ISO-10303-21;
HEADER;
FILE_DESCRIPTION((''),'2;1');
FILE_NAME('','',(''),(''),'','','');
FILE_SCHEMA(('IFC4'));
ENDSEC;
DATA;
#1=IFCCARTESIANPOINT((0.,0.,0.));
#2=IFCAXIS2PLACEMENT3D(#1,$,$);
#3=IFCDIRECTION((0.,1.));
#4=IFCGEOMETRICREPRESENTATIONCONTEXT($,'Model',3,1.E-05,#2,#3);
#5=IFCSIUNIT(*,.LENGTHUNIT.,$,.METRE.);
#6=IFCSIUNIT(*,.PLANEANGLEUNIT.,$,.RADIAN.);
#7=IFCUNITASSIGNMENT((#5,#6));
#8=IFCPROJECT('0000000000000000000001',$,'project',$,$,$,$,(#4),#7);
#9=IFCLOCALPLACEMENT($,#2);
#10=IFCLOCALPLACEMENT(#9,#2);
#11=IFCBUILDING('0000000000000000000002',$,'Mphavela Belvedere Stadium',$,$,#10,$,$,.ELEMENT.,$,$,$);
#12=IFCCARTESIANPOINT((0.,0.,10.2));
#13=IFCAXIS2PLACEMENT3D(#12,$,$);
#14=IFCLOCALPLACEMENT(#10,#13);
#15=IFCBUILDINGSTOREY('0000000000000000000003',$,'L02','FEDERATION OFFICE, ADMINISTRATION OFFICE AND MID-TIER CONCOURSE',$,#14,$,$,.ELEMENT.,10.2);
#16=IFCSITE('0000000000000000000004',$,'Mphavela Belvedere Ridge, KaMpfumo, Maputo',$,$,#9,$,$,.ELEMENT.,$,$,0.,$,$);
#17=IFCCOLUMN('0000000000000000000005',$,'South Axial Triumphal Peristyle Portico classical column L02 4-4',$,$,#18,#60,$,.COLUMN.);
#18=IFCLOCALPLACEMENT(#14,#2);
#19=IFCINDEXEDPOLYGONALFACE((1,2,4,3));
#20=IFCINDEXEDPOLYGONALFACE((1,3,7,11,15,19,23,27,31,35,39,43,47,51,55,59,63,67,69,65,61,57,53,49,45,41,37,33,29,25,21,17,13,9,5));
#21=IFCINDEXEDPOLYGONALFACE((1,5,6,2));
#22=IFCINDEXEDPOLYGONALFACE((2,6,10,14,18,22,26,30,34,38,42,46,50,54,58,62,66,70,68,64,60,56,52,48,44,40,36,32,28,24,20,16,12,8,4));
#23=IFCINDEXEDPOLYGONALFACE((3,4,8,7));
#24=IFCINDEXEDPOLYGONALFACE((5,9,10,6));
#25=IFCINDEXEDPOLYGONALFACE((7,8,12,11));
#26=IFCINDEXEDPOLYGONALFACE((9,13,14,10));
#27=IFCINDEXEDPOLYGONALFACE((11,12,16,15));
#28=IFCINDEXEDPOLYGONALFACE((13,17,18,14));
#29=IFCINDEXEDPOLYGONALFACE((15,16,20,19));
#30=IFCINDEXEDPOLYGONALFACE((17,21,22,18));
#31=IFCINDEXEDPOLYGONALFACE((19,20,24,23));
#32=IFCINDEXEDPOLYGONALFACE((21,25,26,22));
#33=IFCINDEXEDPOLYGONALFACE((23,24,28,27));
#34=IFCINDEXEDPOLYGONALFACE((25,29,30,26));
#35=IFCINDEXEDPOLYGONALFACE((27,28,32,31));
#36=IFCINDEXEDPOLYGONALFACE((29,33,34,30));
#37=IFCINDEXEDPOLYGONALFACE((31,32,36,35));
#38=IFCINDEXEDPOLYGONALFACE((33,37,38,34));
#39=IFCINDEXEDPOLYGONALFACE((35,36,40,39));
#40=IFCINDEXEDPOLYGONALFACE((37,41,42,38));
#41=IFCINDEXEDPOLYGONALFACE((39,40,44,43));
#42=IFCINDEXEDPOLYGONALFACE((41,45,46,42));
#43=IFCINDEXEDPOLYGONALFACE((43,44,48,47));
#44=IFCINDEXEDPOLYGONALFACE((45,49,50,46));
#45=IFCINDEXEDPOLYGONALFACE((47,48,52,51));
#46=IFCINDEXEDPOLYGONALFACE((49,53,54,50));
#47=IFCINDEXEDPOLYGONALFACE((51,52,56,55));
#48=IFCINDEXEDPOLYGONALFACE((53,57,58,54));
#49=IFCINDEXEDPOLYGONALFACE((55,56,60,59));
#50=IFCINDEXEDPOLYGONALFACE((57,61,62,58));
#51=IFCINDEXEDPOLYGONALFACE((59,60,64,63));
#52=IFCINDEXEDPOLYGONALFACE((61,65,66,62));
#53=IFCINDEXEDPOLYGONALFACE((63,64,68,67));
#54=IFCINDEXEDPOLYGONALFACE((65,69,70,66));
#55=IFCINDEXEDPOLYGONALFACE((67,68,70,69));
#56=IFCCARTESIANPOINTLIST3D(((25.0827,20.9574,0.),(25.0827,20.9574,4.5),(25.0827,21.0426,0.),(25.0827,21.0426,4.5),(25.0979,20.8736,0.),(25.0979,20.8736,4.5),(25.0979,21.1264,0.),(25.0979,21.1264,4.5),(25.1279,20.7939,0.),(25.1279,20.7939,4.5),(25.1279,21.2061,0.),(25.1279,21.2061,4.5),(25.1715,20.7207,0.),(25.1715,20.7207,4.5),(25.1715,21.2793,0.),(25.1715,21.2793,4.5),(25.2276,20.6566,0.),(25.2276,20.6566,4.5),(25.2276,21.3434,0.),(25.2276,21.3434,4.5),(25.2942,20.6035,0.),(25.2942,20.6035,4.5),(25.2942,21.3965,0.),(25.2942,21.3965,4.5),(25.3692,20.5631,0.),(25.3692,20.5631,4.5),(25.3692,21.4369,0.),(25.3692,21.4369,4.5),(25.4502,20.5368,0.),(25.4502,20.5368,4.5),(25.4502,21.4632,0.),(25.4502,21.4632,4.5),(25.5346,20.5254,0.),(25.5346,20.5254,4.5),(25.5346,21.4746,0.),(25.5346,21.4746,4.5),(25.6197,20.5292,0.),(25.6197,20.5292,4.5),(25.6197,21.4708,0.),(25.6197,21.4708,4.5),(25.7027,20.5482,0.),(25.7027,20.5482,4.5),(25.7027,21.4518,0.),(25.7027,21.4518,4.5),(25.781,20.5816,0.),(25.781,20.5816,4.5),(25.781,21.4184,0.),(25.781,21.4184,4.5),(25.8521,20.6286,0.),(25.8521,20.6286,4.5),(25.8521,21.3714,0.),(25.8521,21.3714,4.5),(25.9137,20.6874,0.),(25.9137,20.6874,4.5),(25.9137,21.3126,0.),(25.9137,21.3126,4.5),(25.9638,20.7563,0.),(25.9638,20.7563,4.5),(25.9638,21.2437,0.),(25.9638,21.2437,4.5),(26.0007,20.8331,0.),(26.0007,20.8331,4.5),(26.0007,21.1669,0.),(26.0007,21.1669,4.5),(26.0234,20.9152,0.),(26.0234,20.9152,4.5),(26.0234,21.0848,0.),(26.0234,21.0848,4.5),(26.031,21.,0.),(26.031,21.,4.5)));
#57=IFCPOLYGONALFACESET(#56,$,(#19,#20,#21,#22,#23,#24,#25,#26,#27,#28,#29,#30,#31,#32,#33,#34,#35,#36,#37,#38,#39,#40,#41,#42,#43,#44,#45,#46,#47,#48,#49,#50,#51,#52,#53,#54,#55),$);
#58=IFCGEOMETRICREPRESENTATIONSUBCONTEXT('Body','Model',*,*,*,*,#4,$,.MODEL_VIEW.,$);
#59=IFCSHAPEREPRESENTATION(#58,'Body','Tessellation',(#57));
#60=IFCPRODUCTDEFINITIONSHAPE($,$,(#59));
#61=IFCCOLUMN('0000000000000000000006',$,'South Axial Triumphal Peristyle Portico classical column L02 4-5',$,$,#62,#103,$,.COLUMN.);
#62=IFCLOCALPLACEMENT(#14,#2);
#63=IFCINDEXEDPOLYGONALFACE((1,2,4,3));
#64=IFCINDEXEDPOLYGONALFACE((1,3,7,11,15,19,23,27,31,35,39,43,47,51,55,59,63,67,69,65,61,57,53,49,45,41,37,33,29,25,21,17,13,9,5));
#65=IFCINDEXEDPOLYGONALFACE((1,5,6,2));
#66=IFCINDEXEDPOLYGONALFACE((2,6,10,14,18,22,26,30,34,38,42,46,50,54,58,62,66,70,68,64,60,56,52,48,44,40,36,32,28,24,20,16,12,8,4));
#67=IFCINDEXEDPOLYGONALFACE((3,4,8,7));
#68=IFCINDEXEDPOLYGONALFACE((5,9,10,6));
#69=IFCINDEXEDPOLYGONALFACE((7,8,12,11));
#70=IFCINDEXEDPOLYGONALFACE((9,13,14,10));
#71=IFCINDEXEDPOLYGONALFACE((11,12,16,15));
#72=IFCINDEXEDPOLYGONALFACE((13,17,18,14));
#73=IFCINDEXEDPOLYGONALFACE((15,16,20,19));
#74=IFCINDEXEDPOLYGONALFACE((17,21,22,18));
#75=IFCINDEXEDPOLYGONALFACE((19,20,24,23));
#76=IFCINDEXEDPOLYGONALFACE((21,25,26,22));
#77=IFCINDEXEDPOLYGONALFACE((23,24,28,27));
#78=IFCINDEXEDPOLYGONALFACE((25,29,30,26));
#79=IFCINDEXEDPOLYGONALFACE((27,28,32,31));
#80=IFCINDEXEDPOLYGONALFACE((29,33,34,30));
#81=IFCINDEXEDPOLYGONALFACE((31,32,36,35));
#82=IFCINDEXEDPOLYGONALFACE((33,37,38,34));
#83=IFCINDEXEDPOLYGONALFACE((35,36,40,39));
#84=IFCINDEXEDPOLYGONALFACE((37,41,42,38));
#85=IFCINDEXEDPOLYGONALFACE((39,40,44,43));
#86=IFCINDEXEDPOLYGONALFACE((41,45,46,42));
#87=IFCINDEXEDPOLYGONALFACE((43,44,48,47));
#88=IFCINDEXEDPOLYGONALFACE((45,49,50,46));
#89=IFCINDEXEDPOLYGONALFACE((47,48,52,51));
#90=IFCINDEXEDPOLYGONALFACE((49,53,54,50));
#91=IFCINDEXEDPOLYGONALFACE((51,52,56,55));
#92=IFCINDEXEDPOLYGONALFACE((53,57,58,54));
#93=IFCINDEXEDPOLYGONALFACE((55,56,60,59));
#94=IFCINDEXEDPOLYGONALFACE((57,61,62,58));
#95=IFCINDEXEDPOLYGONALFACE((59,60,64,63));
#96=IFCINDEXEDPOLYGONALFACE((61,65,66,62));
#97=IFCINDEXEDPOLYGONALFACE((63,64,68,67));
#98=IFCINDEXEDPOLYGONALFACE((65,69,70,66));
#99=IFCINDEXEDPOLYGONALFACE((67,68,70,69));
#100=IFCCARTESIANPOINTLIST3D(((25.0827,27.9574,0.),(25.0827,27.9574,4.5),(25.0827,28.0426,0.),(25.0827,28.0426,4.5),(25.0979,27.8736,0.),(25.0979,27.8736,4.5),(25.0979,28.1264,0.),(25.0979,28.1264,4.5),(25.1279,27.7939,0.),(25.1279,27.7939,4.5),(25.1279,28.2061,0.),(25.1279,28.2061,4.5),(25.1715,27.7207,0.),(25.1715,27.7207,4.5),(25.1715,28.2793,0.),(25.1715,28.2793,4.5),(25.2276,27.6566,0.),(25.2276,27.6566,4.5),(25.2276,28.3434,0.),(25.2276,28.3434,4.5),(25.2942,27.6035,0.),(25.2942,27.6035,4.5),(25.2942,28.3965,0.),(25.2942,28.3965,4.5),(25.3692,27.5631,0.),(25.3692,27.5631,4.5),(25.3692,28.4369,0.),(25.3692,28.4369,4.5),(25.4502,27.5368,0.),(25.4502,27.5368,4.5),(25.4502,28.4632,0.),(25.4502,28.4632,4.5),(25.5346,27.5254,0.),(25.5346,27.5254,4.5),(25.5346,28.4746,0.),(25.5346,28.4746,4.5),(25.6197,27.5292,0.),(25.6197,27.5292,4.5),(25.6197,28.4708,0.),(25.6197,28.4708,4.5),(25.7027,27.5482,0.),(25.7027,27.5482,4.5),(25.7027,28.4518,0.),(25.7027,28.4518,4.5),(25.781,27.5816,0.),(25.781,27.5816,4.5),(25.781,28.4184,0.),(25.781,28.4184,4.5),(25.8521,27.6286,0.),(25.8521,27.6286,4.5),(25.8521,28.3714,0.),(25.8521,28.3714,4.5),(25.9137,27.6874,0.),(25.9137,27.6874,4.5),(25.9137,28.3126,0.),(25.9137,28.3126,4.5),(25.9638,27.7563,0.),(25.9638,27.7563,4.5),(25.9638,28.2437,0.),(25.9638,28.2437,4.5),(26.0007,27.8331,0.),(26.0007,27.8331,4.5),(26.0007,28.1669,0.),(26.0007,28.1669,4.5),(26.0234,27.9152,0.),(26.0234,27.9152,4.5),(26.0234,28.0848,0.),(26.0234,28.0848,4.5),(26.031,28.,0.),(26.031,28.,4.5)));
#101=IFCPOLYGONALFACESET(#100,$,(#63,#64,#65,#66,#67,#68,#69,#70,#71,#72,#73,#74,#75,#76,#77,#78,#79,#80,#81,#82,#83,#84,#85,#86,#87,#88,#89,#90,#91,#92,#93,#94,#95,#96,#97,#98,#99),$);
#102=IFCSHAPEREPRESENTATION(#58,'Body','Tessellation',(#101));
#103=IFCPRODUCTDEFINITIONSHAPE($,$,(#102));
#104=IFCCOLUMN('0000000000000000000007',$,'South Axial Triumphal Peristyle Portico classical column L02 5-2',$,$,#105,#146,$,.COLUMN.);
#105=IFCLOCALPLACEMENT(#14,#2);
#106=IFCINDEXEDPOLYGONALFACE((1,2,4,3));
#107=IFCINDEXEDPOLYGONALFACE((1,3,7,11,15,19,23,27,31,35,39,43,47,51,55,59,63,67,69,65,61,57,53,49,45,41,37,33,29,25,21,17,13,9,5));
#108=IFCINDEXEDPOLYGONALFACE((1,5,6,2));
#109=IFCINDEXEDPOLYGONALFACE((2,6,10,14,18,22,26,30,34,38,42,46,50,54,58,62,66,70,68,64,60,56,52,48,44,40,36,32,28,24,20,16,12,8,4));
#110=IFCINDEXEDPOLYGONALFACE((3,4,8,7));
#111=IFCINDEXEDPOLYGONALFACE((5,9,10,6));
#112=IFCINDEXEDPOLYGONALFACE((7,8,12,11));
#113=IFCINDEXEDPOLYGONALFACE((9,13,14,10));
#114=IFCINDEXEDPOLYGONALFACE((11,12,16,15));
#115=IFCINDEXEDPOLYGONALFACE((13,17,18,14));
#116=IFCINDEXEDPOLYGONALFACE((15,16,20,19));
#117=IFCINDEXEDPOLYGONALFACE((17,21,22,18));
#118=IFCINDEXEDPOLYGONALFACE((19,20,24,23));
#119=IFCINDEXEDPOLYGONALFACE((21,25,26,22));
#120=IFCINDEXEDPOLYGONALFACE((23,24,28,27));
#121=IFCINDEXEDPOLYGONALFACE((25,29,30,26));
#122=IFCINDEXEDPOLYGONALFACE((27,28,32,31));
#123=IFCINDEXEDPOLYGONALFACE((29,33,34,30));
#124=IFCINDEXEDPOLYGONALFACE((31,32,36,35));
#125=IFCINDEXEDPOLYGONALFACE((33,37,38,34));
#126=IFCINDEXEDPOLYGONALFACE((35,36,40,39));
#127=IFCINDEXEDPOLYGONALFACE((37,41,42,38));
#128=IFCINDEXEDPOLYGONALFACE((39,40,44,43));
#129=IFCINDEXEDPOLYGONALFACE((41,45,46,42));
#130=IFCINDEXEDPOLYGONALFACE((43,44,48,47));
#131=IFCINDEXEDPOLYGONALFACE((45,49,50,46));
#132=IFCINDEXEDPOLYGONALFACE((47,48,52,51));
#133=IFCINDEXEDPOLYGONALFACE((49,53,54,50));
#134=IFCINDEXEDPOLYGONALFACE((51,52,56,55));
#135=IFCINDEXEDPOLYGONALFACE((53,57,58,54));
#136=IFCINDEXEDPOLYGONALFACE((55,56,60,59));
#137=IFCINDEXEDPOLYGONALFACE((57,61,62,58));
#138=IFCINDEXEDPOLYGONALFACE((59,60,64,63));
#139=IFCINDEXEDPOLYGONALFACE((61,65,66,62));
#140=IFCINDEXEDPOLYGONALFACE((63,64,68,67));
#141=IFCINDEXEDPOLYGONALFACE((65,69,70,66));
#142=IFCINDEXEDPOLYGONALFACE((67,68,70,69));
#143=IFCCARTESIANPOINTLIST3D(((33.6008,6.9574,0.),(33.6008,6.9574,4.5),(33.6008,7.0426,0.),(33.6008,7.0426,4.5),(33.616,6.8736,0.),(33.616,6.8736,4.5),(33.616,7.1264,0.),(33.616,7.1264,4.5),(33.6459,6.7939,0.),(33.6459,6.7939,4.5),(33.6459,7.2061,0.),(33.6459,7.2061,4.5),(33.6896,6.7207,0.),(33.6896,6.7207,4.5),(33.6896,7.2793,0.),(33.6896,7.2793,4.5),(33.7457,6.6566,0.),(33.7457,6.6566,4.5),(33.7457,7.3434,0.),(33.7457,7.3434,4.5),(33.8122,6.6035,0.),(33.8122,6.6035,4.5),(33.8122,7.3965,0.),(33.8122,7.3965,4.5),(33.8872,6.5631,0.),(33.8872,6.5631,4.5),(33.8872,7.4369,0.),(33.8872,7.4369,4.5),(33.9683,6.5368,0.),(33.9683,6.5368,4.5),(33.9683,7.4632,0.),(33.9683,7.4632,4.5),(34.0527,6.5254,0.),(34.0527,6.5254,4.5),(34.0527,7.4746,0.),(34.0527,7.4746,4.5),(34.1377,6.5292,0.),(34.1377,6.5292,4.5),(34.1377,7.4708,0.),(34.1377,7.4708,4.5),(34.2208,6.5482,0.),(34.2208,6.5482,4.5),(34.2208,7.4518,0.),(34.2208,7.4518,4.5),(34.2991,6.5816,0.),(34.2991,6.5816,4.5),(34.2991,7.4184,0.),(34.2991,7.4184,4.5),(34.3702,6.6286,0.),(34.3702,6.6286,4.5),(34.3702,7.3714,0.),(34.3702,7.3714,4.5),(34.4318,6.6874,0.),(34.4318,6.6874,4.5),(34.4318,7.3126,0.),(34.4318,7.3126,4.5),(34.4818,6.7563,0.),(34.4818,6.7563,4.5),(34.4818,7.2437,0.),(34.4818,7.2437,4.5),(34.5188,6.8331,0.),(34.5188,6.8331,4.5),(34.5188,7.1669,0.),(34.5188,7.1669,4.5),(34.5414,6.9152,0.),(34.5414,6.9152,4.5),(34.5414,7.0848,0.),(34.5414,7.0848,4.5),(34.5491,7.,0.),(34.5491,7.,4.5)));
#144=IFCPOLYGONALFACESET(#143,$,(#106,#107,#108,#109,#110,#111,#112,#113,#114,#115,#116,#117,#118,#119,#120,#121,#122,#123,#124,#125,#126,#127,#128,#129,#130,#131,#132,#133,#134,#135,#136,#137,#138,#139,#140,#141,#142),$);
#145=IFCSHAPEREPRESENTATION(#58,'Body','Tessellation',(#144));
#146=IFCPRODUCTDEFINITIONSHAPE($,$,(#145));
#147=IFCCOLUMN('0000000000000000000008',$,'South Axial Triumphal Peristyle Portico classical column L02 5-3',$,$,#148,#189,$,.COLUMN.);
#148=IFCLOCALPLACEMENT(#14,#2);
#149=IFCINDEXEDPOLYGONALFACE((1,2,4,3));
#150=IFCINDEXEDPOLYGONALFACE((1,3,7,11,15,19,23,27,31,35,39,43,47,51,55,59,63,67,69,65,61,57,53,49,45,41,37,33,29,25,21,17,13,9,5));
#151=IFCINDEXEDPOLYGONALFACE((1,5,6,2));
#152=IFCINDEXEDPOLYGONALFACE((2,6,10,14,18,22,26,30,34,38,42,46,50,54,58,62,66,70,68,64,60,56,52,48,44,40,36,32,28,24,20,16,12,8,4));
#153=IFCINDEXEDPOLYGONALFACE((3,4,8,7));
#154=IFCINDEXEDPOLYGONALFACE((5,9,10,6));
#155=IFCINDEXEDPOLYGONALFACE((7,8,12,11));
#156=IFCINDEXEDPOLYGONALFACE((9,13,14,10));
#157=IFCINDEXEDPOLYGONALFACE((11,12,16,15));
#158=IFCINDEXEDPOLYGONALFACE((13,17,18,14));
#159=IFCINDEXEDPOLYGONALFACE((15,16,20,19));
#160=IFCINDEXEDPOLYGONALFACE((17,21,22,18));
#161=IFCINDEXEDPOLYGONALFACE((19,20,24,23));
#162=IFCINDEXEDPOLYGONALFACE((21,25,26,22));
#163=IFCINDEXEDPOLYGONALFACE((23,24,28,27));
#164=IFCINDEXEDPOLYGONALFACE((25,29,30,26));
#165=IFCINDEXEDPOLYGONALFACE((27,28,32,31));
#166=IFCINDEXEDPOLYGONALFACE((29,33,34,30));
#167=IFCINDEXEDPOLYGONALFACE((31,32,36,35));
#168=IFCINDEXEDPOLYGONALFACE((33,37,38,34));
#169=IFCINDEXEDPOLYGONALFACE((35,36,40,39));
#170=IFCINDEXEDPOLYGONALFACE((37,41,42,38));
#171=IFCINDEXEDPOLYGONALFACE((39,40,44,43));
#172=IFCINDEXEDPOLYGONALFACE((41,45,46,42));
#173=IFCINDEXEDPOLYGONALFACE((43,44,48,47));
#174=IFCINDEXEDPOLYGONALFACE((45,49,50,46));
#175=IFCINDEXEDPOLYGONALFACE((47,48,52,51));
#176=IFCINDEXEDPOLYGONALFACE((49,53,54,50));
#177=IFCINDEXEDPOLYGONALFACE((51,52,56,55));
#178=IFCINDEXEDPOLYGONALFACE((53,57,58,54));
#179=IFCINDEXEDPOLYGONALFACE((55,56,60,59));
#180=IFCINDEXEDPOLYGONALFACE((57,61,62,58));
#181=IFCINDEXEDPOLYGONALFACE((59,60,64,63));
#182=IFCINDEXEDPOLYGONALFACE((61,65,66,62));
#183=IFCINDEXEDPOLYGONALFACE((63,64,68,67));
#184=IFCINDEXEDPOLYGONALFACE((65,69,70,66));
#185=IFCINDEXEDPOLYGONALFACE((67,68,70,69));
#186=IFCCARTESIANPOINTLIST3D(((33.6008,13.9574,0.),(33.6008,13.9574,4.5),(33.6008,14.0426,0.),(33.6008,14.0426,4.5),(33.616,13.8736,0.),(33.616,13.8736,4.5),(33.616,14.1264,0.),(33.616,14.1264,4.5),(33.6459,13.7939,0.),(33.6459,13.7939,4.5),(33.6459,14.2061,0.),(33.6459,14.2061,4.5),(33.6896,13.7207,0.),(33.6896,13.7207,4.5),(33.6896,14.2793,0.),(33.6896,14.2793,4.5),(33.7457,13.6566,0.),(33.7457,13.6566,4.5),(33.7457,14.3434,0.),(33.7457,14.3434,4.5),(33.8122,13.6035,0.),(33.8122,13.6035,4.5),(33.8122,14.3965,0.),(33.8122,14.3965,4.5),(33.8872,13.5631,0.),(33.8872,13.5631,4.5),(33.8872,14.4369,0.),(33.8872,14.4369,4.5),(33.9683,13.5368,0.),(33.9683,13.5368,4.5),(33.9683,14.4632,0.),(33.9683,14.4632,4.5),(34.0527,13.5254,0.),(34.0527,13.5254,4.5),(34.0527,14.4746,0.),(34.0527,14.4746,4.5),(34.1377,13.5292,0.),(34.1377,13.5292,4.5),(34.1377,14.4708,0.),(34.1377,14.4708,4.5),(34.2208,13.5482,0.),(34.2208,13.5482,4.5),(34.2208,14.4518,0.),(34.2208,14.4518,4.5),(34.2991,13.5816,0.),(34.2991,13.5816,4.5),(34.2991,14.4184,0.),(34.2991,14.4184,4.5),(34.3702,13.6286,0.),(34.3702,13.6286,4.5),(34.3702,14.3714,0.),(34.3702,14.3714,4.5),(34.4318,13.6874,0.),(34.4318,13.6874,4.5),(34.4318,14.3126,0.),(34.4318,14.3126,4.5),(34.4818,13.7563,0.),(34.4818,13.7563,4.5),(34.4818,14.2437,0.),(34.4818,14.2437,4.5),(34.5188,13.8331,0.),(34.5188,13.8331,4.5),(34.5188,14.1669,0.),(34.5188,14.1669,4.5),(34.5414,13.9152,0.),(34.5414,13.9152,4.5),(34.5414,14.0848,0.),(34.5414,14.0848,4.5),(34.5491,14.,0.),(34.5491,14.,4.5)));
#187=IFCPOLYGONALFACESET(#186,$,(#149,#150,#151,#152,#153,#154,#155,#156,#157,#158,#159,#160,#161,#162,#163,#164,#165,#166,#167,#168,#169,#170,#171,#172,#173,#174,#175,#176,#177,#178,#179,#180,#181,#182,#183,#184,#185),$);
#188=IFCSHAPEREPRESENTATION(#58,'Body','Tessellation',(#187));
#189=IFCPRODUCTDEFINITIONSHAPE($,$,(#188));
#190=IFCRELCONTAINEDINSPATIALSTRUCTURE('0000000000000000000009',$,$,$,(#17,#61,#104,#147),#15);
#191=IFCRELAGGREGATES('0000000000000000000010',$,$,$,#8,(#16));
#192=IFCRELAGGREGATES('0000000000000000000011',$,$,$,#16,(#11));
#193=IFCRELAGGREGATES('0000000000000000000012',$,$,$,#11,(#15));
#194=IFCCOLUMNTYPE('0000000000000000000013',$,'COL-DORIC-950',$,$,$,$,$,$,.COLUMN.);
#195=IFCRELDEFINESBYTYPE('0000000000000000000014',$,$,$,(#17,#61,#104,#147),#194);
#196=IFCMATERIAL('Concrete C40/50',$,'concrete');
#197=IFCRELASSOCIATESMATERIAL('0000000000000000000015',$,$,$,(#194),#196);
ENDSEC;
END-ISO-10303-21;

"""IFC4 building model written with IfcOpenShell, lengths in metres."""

from ifc_helpers import new_model, si_unit, direction, frame, origin, origin_2d, place, context, subcontext, project, spatial, circle, extrude, material, material_profile, profile_set, type_object, element, save


model = new_model("IFC4")

# Units and contexts
model_context = context("Model", 3, precision=1e-05, world=origin(), true_north=direction((0.0, 1.0)))
body_context = subcontext(model_context, "Body", "Model", "MODEL_VIEW")
ifc_project = project(units=[si_unit("LENGTHUNIT", "METRE"), si_unit("PLANEANGLEUNIT", "RADIAN")], contexts=[model_context])

# Site, building, storey
site_placement = place(None, origin())
site = spatial("IfcSite", under=ifc_project, at=site_placement, Name="Mphavela Belvedere Ridge, KaMpfumo, Maputo", CompositionType="ELEMENT", RefElevation=0.0)
building_placement = place(site_placement, origin())
building = spatial("IfcBuilding", under=site, at=building_placement, Name="Mphavela Belvedere Stadium", CompositionType="ELEMENT")
storey_placement = place(building_placement, frame((0.0, 0.0, 10.2)))
storey = spatial("IfcBuildingStorey", under=building, at=storey_placement, Name="L02", Description="FEDERATION OFFICE, ADMINISTRATION OFFICE AND MID-TIER CONCOURSE", CompositionType="ELEMENT", Elevation=10.2)

# Columns
ifc_material_1 = material(Name="Concrete C40/50", Category="concrete")
ifc_material_profile_1 = material_profile(ifc_material_1, circle(Radius=0.4751, at=origin_2d()), Name="COL D950")
ifc_profile_set_1 = profile_set([ifc_material_profile_1], Name="Concrete C40/50")
column_type_1 = type_object("IfcColumnType", Name="COL-DORIC-950", PredefinedType="COLUMN", material=ifc_profile_set_1)
for number, where, z_axis, x_axis, name in (
    (1, (25.5559, 21.0, 0.0), (0.0, 0.0, 1.0), (1.0, 0.0, 0.0), "South Axial Triumphal Peristyle Portico classical column L02 4-4"),
    (2, (25.5559, 28.0, 0.0), (0.0, 0.0, 1.0), (1.0, 0.0, 0.0), "South Axial Triumphal Peristyle Portico classical column L02 4-5"),
    (3, (34.074, 7.0, 0.0), (0.0, 0.0, 1.0), (1.0, 0.0, 0.0), "South Axial Triumphal Peristyle Portico classical column L02 5-2"),
    (4, (34.074, 14.0, 0.0), (0.0, 0.0, 1.0), (1.0, 0.0, 0.0), "South Axial Triumphal Peristyle Portico classical column L02 5-3"),
):
    element("IfcColumn", number, at=place(storey_placement, frame(where, z_axis=z_axis, x_axis=x_axis)), inside=storey, type_object=column_type_1, Name=name, PredefinedType="COLUMN", context=body_context, shape_type="SweptSolid", body=[
        extrude(circle(Radius=0.4751, at=origin_2d()), origin(), (0.0, 0.0, 1.0), 4.5),
    ])

save(model, "model.ifc")
